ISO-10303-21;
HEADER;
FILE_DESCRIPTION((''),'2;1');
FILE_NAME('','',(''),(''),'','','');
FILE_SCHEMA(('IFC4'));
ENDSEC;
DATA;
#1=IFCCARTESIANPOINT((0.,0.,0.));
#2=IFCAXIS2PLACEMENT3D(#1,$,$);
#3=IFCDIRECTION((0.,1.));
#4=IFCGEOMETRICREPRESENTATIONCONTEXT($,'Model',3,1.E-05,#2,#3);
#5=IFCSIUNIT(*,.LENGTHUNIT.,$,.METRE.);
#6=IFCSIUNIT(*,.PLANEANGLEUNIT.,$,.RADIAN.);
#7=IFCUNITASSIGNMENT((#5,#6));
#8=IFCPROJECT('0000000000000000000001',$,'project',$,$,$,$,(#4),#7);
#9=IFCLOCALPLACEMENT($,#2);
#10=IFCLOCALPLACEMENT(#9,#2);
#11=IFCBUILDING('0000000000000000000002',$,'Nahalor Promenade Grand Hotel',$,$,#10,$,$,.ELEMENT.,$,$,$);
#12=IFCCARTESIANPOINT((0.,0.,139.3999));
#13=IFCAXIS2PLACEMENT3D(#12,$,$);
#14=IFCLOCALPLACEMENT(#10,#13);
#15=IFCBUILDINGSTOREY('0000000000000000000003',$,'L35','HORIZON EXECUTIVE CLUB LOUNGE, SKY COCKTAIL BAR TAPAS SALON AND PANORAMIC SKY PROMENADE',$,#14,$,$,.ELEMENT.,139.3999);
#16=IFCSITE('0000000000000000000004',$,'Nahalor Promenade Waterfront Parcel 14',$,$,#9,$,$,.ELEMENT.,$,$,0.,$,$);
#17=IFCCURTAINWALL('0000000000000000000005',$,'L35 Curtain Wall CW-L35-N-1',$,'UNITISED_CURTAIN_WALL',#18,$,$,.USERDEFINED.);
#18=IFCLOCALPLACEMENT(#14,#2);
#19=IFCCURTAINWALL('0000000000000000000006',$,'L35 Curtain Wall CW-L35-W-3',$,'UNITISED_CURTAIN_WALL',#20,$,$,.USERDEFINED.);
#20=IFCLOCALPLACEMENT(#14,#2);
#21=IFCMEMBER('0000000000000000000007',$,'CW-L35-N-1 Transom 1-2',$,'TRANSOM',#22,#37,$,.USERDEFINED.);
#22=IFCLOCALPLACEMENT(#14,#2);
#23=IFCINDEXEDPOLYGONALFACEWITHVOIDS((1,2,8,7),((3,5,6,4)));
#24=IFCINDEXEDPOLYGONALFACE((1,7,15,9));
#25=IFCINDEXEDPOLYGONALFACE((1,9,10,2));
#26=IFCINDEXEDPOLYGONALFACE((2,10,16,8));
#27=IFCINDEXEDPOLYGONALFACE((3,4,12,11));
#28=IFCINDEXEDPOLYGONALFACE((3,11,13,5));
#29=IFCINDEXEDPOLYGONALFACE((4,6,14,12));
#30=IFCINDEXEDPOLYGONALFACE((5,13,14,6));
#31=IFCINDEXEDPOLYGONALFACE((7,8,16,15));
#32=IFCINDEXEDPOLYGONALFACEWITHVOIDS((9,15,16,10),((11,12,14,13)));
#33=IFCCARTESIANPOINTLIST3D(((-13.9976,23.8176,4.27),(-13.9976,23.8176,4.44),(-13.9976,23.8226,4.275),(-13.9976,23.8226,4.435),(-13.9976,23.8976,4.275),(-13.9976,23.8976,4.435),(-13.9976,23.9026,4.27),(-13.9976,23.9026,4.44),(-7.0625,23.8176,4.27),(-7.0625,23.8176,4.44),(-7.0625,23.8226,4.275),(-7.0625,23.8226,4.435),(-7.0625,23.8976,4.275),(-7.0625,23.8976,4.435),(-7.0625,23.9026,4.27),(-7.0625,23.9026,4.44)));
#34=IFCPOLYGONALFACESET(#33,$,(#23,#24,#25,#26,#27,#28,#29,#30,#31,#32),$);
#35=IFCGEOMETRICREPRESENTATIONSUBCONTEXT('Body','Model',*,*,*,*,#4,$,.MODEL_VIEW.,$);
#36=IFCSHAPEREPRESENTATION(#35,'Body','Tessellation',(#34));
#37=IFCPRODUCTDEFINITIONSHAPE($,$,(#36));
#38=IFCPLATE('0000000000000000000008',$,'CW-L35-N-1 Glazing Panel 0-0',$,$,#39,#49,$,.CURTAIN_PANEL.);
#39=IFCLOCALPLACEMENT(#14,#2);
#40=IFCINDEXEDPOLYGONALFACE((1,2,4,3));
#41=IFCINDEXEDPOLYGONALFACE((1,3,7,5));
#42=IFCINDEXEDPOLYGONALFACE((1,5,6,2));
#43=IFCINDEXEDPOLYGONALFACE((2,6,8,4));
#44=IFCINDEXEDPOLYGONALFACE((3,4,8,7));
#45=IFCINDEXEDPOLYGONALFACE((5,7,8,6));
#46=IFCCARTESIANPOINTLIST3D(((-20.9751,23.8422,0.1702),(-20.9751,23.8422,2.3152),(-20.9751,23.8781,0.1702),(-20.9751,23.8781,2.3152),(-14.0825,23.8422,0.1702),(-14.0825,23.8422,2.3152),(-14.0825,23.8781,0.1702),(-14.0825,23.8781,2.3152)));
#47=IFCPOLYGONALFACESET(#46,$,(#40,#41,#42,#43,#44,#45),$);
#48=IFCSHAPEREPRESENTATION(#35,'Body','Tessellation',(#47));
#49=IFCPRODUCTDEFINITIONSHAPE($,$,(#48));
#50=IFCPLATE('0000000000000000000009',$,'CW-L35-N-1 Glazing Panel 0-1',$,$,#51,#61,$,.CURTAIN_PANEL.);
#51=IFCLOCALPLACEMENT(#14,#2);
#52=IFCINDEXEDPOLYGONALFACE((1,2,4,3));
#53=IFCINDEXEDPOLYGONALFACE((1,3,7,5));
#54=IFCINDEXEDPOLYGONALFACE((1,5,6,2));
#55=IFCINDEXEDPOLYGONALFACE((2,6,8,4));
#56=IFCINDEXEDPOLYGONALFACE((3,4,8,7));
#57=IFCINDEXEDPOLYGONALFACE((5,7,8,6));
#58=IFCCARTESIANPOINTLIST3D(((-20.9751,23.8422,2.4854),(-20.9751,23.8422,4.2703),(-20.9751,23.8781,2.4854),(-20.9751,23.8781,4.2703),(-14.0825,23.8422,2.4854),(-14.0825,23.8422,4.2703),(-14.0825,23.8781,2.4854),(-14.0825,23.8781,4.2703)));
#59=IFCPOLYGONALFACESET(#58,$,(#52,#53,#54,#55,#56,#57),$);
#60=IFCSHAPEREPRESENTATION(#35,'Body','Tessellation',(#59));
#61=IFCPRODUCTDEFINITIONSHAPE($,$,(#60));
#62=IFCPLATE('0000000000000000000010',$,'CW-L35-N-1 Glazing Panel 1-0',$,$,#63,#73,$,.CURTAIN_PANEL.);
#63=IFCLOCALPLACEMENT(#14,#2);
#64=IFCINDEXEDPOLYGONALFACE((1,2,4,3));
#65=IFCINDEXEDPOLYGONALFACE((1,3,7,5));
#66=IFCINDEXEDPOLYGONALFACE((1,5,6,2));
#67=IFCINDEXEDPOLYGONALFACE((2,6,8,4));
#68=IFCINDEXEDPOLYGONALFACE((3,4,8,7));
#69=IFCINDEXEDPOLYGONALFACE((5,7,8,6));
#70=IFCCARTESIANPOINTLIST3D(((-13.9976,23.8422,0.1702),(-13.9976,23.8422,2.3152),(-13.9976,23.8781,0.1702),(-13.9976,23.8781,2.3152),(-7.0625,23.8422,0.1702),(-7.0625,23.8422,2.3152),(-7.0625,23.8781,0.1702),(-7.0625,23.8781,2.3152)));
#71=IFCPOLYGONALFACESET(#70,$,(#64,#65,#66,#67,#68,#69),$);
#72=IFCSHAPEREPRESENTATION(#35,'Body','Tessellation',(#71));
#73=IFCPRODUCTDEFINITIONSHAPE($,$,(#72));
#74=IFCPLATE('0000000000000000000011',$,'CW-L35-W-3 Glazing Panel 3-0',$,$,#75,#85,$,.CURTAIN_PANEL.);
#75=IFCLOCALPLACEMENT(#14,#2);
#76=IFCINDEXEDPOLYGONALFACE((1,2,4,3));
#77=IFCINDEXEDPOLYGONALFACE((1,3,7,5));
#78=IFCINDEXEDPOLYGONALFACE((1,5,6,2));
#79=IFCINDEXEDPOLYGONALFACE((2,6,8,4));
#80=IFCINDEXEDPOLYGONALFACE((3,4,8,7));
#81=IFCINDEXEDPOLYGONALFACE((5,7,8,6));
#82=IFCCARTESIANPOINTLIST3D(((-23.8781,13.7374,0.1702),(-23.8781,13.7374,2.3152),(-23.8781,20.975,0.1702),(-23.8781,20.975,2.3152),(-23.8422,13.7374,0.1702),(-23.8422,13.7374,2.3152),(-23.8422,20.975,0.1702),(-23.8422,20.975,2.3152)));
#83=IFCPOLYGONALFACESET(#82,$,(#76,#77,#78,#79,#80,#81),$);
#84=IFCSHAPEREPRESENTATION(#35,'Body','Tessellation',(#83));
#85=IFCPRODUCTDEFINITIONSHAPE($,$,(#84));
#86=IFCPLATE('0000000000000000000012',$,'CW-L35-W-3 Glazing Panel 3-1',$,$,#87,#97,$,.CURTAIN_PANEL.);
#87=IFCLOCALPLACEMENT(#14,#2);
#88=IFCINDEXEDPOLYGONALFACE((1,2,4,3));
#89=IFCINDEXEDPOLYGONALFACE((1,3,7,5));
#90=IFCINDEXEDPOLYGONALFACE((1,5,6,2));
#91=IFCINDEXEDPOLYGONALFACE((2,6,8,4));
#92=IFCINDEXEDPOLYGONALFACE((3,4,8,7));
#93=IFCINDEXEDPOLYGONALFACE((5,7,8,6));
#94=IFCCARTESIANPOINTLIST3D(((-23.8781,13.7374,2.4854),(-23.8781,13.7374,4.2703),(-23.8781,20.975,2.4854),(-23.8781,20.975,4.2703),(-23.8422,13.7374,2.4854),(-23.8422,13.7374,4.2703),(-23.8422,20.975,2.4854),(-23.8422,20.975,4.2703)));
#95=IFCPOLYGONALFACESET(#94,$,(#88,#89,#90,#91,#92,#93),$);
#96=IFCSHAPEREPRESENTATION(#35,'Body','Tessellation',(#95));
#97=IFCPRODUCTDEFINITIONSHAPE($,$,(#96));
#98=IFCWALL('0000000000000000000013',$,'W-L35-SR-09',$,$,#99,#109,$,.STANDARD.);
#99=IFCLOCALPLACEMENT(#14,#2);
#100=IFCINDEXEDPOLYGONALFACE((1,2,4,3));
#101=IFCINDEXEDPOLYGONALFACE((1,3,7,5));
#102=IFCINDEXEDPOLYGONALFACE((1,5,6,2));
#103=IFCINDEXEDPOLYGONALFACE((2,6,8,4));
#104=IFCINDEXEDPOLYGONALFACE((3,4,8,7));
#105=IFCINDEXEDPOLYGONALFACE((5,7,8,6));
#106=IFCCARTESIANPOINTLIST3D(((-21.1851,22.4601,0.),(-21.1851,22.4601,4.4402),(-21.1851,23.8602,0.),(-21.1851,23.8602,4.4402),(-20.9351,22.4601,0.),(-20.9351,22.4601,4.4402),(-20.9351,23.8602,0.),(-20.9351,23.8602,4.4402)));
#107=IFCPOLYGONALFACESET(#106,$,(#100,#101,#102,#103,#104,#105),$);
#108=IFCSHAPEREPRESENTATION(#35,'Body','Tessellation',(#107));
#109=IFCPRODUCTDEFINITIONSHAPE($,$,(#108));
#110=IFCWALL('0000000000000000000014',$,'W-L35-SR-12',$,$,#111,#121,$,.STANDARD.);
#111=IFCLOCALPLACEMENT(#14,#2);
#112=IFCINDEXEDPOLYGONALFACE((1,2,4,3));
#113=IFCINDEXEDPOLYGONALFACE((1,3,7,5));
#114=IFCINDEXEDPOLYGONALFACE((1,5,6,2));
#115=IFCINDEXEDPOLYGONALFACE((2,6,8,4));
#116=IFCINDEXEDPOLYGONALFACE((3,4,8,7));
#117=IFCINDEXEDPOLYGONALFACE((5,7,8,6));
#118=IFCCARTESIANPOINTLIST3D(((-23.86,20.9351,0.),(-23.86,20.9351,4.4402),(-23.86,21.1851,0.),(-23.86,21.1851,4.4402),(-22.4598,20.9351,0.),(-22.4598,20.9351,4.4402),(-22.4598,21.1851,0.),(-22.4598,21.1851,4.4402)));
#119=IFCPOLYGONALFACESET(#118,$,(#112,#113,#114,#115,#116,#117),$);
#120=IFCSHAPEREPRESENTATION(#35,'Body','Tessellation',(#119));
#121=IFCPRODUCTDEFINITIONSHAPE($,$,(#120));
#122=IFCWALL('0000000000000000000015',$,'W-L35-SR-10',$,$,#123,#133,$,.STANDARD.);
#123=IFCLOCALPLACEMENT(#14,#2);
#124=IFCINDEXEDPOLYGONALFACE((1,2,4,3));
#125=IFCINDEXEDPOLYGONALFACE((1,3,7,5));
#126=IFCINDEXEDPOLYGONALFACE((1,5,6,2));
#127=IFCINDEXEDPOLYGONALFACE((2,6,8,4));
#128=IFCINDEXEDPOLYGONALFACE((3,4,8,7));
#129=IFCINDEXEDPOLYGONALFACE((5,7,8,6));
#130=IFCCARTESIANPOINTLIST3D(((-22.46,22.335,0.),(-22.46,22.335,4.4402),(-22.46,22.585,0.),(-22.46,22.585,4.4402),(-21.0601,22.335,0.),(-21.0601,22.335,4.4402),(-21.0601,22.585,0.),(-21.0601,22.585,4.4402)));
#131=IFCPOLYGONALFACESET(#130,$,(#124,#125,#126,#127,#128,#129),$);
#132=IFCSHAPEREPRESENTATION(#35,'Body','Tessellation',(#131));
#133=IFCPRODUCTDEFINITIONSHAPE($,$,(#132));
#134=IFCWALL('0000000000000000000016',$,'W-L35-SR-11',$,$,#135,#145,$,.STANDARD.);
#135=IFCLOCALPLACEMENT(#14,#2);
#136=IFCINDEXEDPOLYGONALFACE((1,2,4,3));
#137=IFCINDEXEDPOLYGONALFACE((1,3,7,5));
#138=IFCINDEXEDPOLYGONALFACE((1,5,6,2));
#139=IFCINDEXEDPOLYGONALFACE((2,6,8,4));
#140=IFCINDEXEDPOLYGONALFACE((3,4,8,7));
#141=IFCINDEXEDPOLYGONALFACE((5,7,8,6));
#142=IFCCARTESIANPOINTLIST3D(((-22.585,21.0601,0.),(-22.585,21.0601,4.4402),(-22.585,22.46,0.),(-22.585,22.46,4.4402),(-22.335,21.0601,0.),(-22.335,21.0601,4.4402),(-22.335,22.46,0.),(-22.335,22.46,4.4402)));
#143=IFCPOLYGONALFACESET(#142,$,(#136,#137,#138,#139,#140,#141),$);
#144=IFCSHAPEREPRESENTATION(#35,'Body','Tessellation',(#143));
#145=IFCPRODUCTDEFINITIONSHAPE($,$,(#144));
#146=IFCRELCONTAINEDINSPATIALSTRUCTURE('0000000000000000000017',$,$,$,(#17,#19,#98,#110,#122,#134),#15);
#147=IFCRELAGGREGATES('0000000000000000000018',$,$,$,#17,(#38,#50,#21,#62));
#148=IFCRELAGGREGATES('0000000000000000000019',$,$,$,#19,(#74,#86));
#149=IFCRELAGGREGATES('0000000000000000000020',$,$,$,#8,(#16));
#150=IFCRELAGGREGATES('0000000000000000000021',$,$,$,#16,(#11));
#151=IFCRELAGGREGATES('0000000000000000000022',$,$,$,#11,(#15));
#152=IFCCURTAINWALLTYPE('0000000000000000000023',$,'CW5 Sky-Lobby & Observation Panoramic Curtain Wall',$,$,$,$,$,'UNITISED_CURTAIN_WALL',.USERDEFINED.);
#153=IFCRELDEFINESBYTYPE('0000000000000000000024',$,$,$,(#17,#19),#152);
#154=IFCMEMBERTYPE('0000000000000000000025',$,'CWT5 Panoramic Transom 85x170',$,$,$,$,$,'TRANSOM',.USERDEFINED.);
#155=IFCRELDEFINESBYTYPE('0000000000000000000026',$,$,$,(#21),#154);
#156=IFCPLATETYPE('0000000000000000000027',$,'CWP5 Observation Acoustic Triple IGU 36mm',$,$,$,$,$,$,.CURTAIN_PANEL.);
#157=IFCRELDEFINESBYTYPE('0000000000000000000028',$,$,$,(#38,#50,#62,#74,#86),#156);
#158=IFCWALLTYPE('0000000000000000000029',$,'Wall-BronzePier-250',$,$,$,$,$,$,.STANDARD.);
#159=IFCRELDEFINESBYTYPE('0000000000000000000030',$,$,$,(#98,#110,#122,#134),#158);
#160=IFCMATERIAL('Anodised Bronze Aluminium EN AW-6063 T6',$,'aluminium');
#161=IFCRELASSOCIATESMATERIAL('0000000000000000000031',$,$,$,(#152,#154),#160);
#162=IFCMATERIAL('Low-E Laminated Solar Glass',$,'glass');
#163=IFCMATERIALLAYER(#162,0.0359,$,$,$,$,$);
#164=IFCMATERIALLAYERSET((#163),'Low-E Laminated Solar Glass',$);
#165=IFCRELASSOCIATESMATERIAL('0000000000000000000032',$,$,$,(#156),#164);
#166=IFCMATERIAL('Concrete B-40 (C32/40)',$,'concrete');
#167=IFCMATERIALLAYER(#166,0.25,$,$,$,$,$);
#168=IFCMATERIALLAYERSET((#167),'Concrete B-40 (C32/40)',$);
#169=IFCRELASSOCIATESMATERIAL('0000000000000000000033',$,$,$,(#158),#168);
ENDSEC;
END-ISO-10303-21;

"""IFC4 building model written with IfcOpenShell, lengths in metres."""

from ifc_helpers import new_model, si_unit, direction, frame, frame_2d, origin, origin_2d, place, context, subcontext, project, spatial, rectangle, hollow_rectangle, extrude, source, transform, mapped, material, layer, layer_set, material_profile, profile_set, type_object, element, aggregate, save


model = new_model("IFC4")

# Units and contexts
model_context = context("Model", 3, precision=1e-05, world=origin(), true_north=direction((0.0, 1.0)))
body_context = subcontext(model_context, "Body", "Model", "MODEL_VIEW")
ifc_project = project(units=[si_unit("LENGTHUNIT", "METRE"), si_unit("PLANEANGLEUNIT", "RADIAN")], contexts=[model_context])

# Site, building, storey
site_placement = place(None, origin())
site = spatial("IfcSite", under=ifc_project, at=site_placement, Name="Nahalor Promenade Waterfront Parcel 14", CompositionType="ELEMENT", RefElevation=0.0)
building_placement = place(site_placement, origin())
building = spatial("IfcBuilding", under=site, at=building_placement, Name="Nahalor Promenade Grand Hotel", CompositionType="ELEMENT")
storey_placement = place(building_placement, frame((0.0, 0.0, 139.3999)))
storey = spatial("IfcBuildingStorey", under=building, at=storey_placement, Name="L35", Description="HORIZON EXECUTIVE CLUB LOUNGE, SKY COCKTAIL BAR TAPAS SALON AND PANORAMIC SKY PROMENADE", CompositionType="ELEMENT", Elevation=139.3999)

# Curtain wall
ifc_material_1 = material(Name="Anodised Bronze Aluminium EN AW-6063 T6", Category="aluminium")
curtain_wall_type = type_object("IfcCurtainWallType", Name="CW5 Sky-Lobby & Observation Panoramic Curtain Wall", ElementType="UNITISED_CURTAIN_WALL", PredefinedType="USERDEFINED", material=ifc_material_1)
curtain_wall_1_placement = place(storey_placement, origin())
curtain_wall_1 = element("IfcCurtainWall", 1, at=curtain_wall_1_placement, inside=storey, type_object=curtain_wall_type, Name="L35 Curtain Wall CW-L35-N-1", ObjectType="UNITISED_CURTAIN_WALL", PredefinedType="USERDEFINED")

# Curtain wall
curtain_wall_2_placement = place(storey_placement, origin())
curtain_wall_2 = element("IfcCurtainWall", 2, at=curtain_wall_2_placement, inside=storey, type_object=curtain_wall_type, Name="L35 Curtain Wall CW-L35-W-3", ObjectType="UNITISED_CURTAIN_WALL", PredefinedType="USERDEFINED")

# Member
ifc_material_profile_1 = material_profile(ifc_material_1, hollow_rectangle(XDim=0.085, YDim=0.17, WallThickness=0.005, at=origin_2d()), Name="CWT 85x170x5")
ifc_profile_set_1 = profile_set([ifc_material_profile_1], Name="Anodised Bronze Aluminium EN AW-6063 T6")
member_type_1 = type_object("IfcMemberType", Name="CWT5 Panoramic Transom 85x170", ElementType="TRANSOM", PredefinedType="USERDEFINED", material=ifc_profile_set_1)
shared_shape_1 = source(origin(), body_context, "Body", "SweptSolid", [
    extrude(hollow_rectangle(XDim=0.085, YDim=0.17, WallThickness=0.005, at=origin_2d()), origin(), (0.0, 0.0, 1.0), 6.9351),
])
member_1_placement = place(storey_placement, frame((-13.9976, 23.8601, 4.355), z_axis=(1.0, 0.0, 0.0), x_axis=(0.0, 1.0, 0.0)))
member_1 = element("IfcMember", 3, at=member_1_placement, type_object=member_type_1, Name="CW-L35-N-1 Transom 1-2", ObjectType="TRANSOM", PredefinedType="USERDEFINED", context=body_context, shape_type="MappedRepresentation", body=[
    mapped(shared_shape_1, transform((0.0, 0.0, 0.0), scale=1.0)),
])

# Plates
ifc_material_2 = material(Name="Low-E Laminated Solar Glass", Category="glass")
ifc_layer_1 = layer(ifc_material_2, 0.0359)
ifc_layer_set_1 = layer_set([ifc_layer_1], Name="Low-E Laminated Solar Glass")
plate_type = type_object("IfcPlateType", Name="CWP5 Observation Acoustic Triple IGU 36mm", PredefinedType="CURTAIN_PANEL", material=ifc_layer_set_1)
shared_shape_2 = source(origin(), body_context, "Body", "SweptSolid", [
    extrude(rectangle(XDim=6.8926, YDim=0.0359, at=origin_2d()), origin(), (0.0, 0.0, 1.0), 2.145),
])
plate_1_placement = place(storey_placement, frame((-17.5288, 23.8601, 0.1702), z_axis=(0.0, 0.0, 1.0), x_axis=(1.0, 0.0, 0.0)))
plate_1 = element("IfcPlate", 4, at=plate_1_placement, type_object=plate_type, Name="CW-L35-N-1 Glazing Panel 0-0", PredefinedType="CURTAIN_PANEL", context=body_context, shape_type="MappedRepresentation", body=[
    mapped(shared_shape_2, transform((0.0, 0.0, 0.0), scale=1.0)),
])
shared_shape_3 = source(origin(), body_context, "Body", "SweptSolid", [
    extrude(rectangle(XDim=6.8926, YDim=0.0359, at=origin_2d()), origin(), (0.0, 0.0, 1.0), 1.7849),
])
plate_2_placement = place(storey_placement, frame((-17.5288, 23.8601, 2.4854), z_axis=(0.0, 0.0, 1.0), x_axis=(1.0, 0.0, 0.0)))
plate_2 = element("IfcPlate", 5, at=plate_2_placement, type_object=plate_type, Name="CW-L35-N-1 Glazing Panel 0-1", PredefinedType="CURTAIN_PANEL", context=body_context, shape_type="MappedRepresentation", body=[
    mapped(shared_shape_3, transform((0.0, 0.0, 0.0), scale=1.0)),
])
shared_shape_4 = source(origin(), body_context, "Body", "SweptSolid", [
    extrude(rectangle(XDim=6.9351, YDim=0.0359, at=origin_2d()), origin(), (0.0, 0.0, 1.0), 2.145),
])
plate_3_placement = place(storey_placement, frame((-10.53, 23.8601, 0.1702), z_axis=(0.0, 0.0, 1.0), x_axis=(1.0, 0.0, 0.0)))
plate_3 = element("IfcPlate", 6, at=plate_3_placement, type_object=plate_type, Name="CW-L35-N-1 Glazing Panel 1-0", PredefinedType="CURTAIN_PANEL", context=body_context, shape_type="MappedRepresentation", body=[
    mapped(shared_shape_4, transform((0.0, 0.0, 0.0), scale=1.0)),
])
aggregate(curtain_wall_1, [plate_1, plate_2, member_1, plate_3])
shared_shape_5 = source(origin(), body_context, "Body", "SweptSolid", [
    extrude(rectangle(XDim=7.2375, YDim=0.0359, at=origin_2d()), origin(), (0.0, 0.0, 1.0), 2.145),
])
plate_4_placement = place(storey_placement, frame((-23.8601, 17.3562, 0.1702), z_axis=(0.0, 0.0, 1.0), x_axis=(0.0, 1.0, 0.0)))
plate_4 = element("IfcPlate", 7, at=plate_4_placement, type_object=plate_type, Name="CW-L35-W-3 Glazing Panel 3-0", PredefinedType="CURTAIN_PANEL", context=body_context, shape_type="MappedRepresentation", body=[
    mapped(shared_shape_5, transform((0.0, 0.0, 0.0), scale=1.0)),
])
shared_shape_6 = source(origin(), body_context, "Body", "SweptSolid", [
    extrude(rectangle(XDim=7.2375, YDim=0.0359, at=origin_2d()), origin(), (0.0, 0.0, 1.0), 1.7849),
])
plate_5_placement = place(storey_placement, frame((-23.8601, 17.3562, 2.4854), z_axis=(0.0, 0.0, 1.0), x_axis=(0.0, 1.0, 0.0)))
plate_5 = element("IfcPlate", 8, at=plate_5_placement, type_object=plate_type, Name="CW-L35-W-3 Glazing Panel 3-1", PredefinedType="CURTAIN_PANEL", context=body_context, shape_type="MappedRepresentation", body=[
    mapped(shared_shape_6, transform((0.0, 0.0, 0.0), scale=1.0)),
])
aggregate(curtain_wall_2, [plate_4, plate_5])

# Walls
ifc_material_3 = material(Name="Concrete B-40 (C32/40)", Category="concrete")
ifc_layer_2 = layer(ifc_material_3, 0.25)
ifc_layer_set_2 = layer_set([ifc_layer_2], Name="Concrete B-40 (C32/40)")
wall_type = type_object("IfcWallType", Name="Wall-BronzePier-250", PredefinedType="STANDARD", material=ifc_layer_set_2)
shared_shape_7 = source(origin(), body_context, "Body", "SweptSolid", [
    extrude(rectangle(XDim=1.4001, YDim=0.25, at=frame_2d((0.7002, 0.0))), origin(), (0.0, 0.0, 1.0), 4.4402),
])
for number, where, z_axis, x_axis, name in (
    (9, (-21.0601, 22.46, 0.0), (0.0, 0.0, 1.0), (0.0, 1.0, 0.0), "W-L35-SR-09"),
    (10, (-23.8601, 21.0601, 0.0), (0.0, 0.0, 1.0), (1.0, 0.0, 0.0), "W-L35-SR-12"),
):
    element("IfcWall", number, at=place(storey_placement, frame(where, z_axis=z_axis, x_axis=x_axis)), inside=storey, type_object=wall_type, Name=name, PredefinedType="STANDARD", context=body_context, shape_type="MappedRepresentation", body=[
        mapped(shared_shape_7, transform((0.0, 0.0, 0.0), scale=1.0)),
    ])
shared_shape_8 = source(origin(), body_context, "Body", "SweptSolid", [
    extrude(rectangle(XDim=1.3999, YDim=0.25, at=frame_2d((0.7, 0.0))), origin(), (0.0, 0.0, 1.0), 4.4402),
])
for number, where, z_axis, x_axis, name in (
    (11, (-22.46, 22.46, 0.0), (0.0, 0.0, 1.0), (1.0, 0.0, 0.0), "W-L35-SR-10"),
    (12, (-22.46, 21.0601, 0.0), (0.0, 0.0, 1.0), (0.0, 1.0, 0.0), "W-L35-SR-11"),
):
    element("IfcWall", number, at=place(storey_placement, frame(where, z_axis=z_axis, x_axis=x_axis)), inside=storey, type_object=wall_type, Name=name, PredefinedType="STANDARD", context=body_context, shape_type="MappedRepresentation", body=[
        mapped(shared_shape_8, transform((0.0, 0.0, 0.0), scale=1.0)),
    ])

save(model, "model.ifc")
